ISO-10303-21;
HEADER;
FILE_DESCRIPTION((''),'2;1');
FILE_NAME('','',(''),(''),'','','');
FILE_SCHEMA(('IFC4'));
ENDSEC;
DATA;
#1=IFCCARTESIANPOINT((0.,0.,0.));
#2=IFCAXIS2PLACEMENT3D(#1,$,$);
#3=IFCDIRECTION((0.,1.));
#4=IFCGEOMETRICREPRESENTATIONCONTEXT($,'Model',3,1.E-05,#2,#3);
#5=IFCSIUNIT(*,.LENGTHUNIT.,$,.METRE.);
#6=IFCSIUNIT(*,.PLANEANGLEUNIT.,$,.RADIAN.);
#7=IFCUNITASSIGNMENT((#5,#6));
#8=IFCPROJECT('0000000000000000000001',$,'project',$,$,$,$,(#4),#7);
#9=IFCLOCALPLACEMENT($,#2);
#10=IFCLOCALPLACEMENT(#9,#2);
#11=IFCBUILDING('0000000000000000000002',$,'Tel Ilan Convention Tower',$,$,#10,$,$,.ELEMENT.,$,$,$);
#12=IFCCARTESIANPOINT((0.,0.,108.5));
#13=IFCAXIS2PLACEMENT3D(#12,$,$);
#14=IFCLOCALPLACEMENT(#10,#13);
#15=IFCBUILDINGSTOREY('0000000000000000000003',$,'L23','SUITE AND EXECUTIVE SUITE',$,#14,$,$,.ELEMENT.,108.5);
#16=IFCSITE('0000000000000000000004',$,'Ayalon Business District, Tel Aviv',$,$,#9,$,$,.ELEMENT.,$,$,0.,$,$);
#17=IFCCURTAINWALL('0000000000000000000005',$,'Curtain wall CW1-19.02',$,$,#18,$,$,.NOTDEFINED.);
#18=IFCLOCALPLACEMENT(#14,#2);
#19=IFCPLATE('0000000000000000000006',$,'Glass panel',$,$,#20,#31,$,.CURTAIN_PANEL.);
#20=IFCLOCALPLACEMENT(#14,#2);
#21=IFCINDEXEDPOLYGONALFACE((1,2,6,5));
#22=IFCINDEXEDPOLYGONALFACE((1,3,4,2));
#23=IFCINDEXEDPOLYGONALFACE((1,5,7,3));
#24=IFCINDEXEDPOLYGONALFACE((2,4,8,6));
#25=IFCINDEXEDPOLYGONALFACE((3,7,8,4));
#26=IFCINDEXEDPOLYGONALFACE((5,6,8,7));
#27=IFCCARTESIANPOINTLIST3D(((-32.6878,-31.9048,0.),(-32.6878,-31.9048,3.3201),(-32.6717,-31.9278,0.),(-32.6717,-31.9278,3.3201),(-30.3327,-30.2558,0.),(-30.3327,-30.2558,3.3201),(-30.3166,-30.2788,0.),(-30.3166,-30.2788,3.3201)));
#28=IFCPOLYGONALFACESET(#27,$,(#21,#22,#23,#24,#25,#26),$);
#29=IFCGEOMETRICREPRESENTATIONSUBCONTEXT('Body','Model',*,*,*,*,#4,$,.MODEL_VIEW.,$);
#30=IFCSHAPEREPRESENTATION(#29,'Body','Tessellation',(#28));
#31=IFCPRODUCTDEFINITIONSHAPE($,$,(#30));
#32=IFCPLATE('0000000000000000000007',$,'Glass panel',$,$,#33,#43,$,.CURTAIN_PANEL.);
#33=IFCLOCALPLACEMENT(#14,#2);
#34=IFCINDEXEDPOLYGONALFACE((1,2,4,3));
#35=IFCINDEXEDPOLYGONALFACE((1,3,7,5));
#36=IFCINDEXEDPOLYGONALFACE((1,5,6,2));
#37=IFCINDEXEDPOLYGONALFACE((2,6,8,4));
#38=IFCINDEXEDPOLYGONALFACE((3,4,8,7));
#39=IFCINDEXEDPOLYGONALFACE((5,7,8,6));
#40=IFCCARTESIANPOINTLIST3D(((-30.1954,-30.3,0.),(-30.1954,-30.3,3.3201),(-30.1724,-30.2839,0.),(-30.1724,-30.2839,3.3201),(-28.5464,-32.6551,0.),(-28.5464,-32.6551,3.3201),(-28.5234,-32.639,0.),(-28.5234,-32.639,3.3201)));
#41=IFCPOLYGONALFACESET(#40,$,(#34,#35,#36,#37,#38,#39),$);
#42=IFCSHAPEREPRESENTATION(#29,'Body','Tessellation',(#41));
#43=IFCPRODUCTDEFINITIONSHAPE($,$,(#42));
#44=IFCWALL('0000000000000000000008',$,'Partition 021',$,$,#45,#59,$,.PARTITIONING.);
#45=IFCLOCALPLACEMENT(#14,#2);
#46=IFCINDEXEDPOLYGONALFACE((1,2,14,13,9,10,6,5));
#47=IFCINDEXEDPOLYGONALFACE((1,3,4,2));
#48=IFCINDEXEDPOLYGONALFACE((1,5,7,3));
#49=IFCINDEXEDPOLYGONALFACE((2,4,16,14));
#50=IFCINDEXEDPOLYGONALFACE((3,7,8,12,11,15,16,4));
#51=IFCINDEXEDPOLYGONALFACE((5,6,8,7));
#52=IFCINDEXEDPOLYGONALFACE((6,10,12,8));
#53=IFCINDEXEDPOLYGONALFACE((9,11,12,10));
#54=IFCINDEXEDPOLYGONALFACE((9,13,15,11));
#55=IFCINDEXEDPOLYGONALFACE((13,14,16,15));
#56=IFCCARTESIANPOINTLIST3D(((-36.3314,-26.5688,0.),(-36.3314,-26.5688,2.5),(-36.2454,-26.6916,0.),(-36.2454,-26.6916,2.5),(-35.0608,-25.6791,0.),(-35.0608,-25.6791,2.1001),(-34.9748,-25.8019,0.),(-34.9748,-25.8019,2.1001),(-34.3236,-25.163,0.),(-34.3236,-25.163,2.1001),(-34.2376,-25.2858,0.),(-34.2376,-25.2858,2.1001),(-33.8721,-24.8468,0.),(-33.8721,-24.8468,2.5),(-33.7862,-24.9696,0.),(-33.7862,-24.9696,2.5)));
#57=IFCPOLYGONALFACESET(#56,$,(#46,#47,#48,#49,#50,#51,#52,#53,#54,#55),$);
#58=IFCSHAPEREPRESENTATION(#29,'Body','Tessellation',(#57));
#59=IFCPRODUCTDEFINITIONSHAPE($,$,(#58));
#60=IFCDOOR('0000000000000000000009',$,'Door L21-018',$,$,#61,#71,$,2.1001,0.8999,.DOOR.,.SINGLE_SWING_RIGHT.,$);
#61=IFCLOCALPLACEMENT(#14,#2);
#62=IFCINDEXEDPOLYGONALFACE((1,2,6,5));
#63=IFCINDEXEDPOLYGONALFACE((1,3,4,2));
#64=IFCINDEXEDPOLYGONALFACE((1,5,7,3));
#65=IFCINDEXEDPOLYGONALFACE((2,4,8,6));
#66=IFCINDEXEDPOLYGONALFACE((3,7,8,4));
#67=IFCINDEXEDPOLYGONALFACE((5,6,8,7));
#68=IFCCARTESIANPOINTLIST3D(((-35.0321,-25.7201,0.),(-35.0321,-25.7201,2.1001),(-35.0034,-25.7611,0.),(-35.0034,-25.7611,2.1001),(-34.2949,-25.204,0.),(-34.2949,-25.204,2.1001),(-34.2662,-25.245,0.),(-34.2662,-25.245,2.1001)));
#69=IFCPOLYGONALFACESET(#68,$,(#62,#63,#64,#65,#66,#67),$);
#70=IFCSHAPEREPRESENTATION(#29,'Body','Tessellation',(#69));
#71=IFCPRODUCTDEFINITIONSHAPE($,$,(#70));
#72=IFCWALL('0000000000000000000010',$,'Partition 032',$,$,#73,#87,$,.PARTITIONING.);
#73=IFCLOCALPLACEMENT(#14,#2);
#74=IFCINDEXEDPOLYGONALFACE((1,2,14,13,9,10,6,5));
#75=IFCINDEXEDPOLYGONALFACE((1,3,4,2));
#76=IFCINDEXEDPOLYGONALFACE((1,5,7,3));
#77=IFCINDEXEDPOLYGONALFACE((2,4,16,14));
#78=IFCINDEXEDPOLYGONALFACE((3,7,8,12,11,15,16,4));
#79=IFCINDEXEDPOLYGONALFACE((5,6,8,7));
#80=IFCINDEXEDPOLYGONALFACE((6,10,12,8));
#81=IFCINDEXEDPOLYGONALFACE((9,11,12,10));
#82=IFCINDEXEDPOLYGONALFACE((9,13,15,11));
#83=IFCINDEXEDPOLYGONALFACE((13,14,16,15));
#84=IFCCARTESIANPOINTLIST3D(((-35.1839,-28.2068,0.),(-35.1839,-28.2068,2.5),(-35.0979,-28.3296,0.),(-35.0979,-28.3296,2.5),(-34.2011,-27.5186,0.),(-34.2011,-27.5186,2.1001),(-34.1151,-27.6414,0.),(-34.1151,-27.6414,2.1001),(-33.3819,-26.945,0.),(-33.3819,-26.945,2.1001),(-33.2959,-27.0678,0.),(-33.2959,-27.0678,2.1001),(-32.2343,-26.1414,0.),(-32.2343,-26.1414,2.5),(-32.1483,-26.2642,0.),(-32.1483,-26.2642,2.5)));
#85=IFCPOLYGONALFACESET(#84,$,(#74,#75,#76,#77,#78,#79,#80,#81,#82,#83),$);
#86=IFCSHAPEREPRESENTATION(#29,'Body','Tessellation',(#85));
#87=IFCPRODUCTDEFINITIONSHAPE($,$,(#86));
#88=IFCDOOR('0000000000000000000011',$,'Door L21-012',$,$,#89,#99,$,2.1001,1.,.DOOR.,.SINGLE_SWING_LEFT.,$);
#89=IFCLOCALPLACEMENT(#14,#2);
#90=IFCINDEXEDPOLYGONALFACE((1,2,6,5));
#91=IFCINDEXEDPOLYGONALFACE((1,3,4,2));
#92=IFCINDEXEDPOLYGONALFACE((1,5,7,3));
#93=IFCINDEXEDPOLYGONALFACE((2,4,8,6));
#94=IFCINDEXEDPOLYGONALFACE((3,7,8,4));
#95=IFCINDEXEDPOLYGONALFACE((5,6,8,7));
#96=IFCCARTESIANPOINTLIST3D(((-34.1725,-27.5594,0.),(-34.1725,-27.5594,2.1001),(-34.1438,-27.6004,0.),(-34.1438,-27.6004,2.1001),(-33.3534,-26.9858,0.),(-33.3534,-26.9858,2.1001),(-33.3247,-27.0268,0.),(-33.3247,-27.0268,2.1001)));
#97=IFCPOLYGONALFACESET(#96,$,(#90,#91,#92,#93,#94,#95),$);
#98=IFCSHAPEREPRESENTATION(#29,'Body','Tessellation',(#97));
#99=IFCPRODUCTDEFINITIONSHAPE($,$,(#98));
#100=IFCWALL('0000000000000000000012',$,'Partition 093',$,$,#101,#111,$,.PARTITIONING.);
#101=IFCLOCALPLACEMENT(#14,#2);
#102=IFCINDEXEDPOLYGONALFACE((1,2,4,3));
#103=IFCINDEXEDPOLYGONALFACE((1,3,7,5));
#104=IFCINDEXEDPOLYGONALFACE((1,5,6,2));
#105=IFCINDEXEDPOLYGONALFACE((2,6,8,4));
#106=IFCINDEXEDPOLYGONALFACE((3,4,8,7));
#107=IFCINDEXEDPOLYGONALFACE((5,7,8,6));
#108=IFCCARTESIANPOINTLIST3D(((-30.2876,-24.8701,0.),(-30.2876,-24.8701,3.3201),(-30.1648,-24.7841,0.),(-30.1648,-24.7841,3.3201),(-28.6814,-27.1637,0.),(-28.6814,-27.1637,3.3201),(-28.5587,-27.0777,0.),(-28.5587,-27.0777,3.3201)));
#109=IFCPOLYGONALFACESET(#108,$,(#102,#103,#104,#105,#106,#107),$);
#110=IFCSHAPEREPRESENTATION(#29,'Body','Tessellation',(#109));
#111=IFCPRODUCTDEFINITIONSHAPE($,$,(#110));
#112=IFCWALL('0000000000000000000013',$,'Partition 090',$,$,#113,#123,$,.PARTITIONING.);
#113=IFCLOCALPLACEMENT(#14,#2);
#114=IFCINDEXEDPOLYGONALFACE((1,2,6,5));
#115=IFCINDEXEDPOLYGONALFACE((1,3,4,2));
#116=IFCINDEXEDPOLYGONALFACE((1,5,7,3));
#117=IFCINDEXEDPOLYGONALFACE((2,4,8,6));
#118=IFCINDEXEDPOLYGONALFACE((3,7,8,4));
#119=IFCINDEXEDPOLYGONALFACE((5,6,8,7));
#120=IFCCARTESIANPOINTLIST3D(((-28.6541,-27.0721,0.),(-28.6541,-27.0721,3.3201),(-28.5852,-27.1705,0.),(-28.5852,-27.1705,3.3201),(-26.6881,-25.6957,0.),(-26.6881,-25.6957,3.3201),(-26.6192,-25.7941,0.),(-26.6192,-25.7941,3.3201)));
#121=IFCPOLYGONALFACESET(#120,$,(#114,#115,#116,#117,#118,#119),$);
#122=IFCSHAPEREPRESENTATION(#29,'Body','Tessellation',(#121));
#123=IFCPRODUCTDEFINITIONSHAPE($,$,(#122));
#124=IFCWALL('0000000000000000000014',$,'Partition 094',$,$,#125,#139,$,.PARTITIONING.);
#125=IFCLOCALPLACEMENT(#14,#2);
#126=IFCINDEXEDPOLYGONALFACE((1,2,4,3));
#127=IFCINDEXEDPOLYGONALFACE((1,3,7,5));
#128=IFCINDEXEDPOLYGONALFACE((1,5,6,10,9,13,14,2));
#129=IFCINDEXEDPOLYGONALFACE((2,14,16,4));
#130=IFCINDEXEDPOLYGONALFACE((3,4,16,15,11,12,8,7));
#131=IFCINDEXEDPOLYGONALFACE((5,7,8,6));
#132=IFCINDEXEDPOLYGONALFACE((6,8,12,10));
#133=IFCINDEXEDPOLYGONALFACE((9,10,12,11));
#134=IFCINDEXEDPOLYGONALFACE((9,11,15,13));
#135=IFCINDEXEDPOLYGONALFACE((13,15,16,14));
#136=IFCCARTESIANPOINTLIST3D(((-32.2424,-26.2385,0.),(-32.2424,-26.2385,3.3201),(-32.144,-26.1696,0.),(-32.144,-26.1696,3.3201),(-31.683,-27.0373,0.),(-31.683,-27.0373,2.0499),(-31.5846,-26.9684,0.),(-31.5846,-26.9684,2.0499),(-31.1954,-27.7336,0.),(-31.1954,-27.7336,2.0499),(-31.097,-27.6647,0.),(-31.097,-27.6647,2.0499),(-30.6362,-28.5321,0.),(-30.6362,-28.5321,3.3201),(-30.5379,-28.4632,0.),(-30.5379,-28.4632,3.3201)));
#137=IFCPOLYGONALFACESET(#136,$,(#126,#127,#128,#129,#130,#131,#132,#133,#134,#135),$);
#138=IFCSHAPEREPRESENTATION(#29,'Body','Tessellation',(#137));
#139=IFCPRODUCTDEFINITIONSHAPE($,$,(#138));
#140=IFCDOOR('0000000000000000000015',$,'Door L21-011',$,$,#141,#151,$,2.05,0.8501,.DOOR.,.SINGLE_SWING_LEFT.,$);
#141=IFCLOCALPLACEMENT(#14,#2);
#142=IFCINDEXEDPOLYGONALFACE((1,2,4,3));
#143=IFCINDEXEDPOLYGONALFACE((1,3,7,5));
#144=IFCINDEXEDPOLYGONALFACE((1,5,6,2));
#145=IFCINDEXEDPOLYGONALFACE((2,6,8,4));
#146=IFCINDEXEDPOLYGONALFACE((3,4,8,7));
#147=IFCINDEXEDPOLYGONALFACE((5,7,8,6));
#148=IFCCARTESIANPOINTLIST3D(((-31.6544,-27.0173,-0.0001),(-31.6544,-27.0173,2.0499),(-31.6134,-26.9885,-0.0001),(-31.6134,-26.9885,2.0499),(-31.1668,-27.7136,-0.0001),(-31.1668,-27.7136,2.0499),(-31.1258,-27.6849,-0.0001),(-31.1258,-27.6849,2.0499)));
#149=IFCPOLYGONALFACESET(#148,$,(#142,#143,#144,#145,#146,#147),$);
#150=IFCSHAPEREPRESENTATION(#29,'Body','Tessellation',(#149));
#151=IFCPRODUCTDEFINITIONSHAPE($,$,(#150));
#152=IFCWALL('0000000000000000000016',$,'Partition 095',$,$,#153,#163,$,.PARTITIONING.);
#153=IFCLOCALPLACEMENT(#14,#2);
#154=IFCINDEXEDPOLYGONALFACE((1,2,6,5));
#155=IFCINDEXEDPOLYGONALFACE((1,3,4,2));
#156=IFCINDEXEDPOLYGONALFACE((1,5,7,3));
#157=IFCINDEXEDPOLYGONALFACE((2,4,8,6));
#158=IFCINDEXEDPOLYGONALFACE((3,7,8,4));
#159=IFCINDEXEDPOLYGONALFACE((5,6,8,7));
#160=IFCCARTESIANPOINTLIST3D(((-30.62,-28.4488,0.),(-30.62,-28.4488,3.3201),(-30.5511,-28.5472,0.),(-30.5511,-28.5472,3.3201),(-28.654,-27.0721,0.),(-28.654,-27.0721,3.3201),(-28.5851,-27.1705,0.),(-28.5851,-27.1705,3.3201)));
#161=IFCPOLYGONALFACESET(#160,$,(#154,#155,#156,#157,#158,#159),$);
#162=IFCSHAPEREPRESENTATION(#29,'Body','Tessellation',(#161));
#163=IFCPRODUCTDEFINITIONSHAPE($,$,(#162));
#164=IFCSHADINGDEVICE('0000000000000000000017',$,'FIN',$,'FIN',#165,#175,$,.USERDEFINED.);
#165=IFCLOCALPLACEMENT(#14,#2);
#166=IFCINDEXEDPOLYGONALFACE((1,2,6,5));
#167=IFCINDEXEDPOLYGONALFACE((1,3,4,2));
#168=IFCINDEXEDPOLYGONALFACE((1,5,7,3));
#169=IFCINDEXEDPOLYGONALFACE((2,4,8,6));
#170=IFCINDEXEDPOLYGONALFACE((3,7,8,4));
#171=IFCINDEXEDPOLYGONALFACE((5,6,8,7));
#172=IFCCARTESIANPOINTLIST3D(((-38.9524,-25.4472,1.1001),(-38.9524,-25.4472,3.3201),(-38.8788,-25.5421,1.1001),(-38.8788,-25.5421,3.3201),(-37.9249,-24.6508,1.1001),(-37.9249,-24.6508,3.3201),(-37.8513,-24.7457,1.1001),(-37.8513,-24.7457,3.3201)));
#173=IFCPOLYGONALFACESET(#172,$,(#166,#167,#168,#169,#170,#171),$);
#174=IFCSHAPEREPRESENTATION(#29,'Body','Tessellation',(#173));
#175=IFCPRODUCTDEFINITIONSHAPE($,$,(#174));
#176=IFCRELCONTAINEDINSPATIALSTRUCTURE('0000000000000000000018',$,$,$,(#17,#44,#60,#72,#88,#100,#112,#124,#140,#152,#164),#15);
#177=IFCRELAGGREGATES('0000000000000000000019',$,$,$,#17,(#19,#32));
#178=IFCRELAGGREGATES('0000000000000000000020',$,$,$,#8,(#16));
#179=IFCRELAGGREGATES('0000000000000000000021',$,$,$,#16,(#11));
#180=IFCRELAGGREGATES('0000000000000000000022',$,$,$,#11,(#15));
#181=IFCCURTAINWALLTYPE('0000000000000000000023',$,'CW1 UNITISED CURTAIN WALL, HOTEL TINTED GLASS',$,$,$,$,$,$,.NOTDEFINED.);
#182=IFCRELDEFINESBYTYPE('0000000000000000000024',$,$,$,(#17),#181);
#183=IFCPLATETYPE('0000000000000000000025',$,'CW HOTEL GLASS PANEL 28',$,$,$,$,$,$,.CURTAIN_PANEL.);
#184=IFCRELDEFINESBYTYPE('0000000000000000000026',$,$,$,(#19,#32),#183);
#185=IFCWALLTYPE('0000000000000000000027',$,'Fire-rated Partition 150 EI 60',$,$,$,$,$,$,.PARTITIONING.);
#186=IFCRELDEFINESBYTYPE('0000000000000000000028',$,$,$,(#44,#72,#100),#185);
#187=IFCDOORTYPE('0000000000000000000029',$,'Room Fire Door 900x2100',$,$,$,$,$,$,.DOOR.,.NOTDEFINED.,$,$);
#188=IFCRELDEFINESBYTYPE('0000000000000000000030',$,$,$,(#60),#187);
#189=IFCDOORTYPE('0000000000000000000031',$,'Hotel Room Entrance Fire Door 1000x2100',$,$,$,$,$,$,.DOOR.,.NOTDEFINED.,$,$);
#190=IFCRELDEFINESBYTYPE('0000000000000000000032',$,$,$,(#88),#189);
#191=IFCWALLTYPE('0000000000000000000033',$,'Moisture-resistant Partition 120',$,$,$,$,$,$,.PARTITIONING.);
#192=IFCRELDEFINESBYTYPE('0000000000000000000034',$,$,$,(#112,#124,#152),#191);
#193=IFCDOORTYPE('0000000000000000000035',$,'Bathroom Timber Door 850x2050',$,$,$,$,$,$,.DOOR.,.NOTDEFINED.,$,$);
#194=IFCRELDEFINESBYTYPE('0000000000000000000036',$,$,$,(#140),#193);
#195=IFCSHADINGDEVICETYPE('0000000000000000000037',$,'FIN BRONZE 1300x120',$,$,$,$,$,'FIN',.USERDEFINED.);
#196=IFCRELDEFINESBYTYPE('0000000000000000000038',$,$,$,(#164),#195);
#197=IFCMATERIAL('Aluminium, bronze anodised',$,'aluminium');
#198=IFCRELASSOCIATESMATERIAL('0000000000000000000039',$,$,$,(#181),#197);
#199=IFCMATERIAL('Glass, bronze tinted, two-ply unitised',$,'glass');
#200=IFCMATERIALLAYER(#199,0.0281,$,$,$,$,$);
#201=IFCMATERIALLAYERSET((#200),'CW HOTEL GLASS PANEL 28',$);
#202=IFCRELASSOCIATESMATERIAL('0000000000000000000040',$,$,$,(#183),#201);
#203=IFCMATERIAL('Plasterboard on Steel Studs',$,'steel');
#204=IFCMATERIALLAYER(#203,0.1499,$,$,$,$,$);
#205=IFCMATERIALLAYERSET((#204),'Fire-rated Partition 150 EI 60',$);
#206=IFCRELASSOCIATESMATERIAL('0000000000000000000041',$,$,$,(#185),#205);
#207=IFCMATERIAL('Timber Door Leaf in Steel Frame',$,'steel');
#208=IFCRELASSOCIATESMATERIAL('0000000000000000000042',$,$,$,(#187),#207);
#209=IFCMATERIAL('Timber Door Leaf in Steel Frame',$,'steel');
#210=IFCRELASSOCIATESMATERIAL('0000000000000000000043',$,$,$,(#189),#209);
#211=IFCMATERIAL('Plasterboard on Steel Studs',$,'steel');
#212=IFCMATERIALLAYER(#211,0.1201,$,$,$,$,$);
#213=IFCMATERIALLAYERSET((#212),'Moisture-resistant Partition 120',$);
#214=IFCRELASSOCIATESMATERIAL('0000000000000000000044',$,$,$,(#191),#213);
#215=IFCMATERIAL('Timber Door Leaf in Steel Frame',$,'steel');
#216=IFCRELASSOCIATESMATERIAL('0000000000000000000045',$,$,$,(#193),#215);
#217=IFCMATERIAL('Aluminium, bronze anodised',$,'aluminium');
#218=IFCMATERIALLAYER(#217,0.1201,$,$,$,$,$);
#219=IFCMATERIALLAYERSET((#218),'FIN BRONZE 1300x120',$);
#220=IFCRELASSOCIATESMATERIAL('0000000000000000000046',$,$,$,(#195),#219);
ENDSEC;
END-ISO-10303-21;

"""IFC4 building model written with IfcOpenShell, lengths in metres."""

from ifc_helpers import new_model, si_unit, direction, frame, frame_2d, origin, origin_2d, place, context, subcontext, project, spatial, rectangle, extrude, material, layer, layer_set, type_object, element, fill, aggregate, save


model = new_model("IFC4")

# Units and contexts
model_context = context("Model", 3, precision=1e-05, world=origin(), true_north=direction((0.0, 1.0)))
body_context = subcontext(model_context, "Body", "Model", "MODEL_VIEW")
ifc_project = project(units=[si_unit("LENGTHUNIT", "METRE"), si_unit("PLANEANGLEUNIT", "RADIAN")], contexts=[model_context])

# Site, building, storey
site_placement = place(None, origin())
site = spatial("IfcSite", under=ifc_project, at=site_placement, Name="Ayalon Business District, Tel Aviv", CompositionType="ELEMENT", RefElevation=0.0)
building_placement = place(site_placement, origin())
building = spatial("IfcBuilding", under=site, at=building_placement, Name="Tel Ilan Convention Tower", CompositionType="ELEMENT")
storey_placement = place(building_placement, frame((0.0, 0.0, 108.5)))
storey = spatial("IfcBuildingStorey", under=building, at=storey_placement, Name="L23", Description="SUITE AND EXECUTIVE SUITE", CompositionType="ELEMENT", Elevation=108.5)

# Curtain wall, plates
ifc_material_1 = material(Name="Aluminium, bronze anodised", Category="aluminium")
curtain_wall_type = type_object("IfcCurtainWallType", Name="CW1 UNITISED CURTAIN WALL, HOTEL TINTED GLASS", PredefinedType="NOTDEFINED", material=ifc_material_1)
curtain_wall_placement = place(storey_placement, origin())
curtain_wall = element("IfcCurtainWall", 1, at=curtain_wall_placement, inside=storey, type_object=curtain_wall_type, Name="Curtain wall CW1-19.02", PredefinedType="NOTDEFINED")
ifc_material_2 = material(Name="Glass, bronze tinted, two-ply unitised", Category="glass")
ifc_layer_1 = layer(ifc_material_2, 0.0281)
ifc_layer_set_1 = layer_set([ifc_layer_1], Name="CW HOTEL GLASS PANEL 28")
plate_type = type_object("IfcPlateType", Name="CW HOTEL GLASS PANEL 28", PredefinedType="CURTAIN_PANEL", material=ifc_layer_set_1)
plate_1_placement = place(storey_placement, frame((-31.5022, -31.0918, 0.0), z_axis=(0.0, 0.0, 1.0), x_axis=(0.819152, 0.573576, 0.0)))
plate_1 = element("IfcPlate", 2, at=plate_1_placement, type_object=plate_type, Name="Glass panel", PredefinedType="CURTAIN_PANEL", context=body_context, shape_type="SweptSolid", body=[
    extrude(rectangle(XDim=2.875, YDim=0.0281, at=origin_2d()), origin(), (0.0, 0.0, 1.0), 3.3201),
])
plate_2_placement = place(storey_placement, frame((-29.3594, -31.4695, 0.0), z_axis=(0.0, 0.0, 1.0), x_axis=(0.573576, -0.819152, 0.0)))
plate_2 = element("IfcPlate", 3, at=plate_2_placement, type_object=plate_type, Name="Glass panel", PredefinedType="CURTAIN_PANEL", context=body_context, shape_type="SweptSolid", body=[
    extrude(rectangle(XDim=2.875, YDim=0.0281, at=origin_2d()), origin(), (0.0, 0.0, 1.0), 3.3201),
])
aggregate(curtain_wall, [plate_1, plate_2])

# Walls, openings, doors
ifc_material_3 = material(Name="Plasterboard on Steel Studs", Category="steel")
ifc_layer_2 = layer(ifc_material_3, 0.1499)
ifc_layer_set_2 = layer_set([ifc_layer_2], Name="Fire-rated Partition 150 EI 60")
wall_type_1 = type_object("IfcWallType", Name="Fire-rated Partition 150 EI 60", PredefinedType="PARTITIONING", material=ifc_layer_set_2)
wall_1_placement = place(storey_placement, frame((-36.2883, -26.6301, 0.0), z_axis=(0.0, 0.0, 1.0), x_axis=(0.819159, 0.573566, 0.0)))
wall_1 = element("IfcWall", 4, at=wall_1_placement, inside=storey, type_object=wall_type_1, Name="Partition 021", PredefinedType="PARTITIONING", context=body_context, shape_type="SweptSolid", body=[
    extrude(rectangle(XDim=3.0022, YDim=0.1499, at=frame_2d((1.501, 0.0))), origin(), (0.0, 0.0, 1.0), 2.5),
])
opening_1_placement = place(wall_1_placement, frame((1.551, 0.0, 0.0)))
opening_1 = element("IfcOpeningElement", 5, at=opening_1_placement, cuts=wall_1, PredefinedType="OPENING", context=body_context, shape_type="SweptSolid", body=[
    extrude(rectangle(XDim=0.8999, YDim=2.1001, at=frame_2d((0.45, 1.05))), frame((0.0, 0.085, 0.0), z_axis=(0.0, -1.0, 0.0), x_axis=(1.0, 0.0, 0.0)), (0.0, 0.0, 1.0), 0.1699),
])
ifc_material_4 = material(Name="Timber Door Leaf in Steel Frame", Category="steel")
door_type_1 = type_object("IfcDoorType", Name="Room Fire Door 900x2100", OperationType="NOTDEFINED", PredefinedType="DOOR", material=ifc_material_4)
door_1_placement = place(opening_1_placement, origin())
door_1 = element("IfcDoor", 6, at=door_1_placement, inside=storey, type_object=door_type_1, Name="Door L21-018", OperationType="SINGLE_SWING_RIGHT", OverallHeight=2.1001, OverallWidth=0.8999, PredefinedType="DOOR", context=body_context, shape_type="SweptSolid", body=[
    extrude(rectangle(XDim=0.8999, YDim=2.1001, at=frame_2d((0.45, 1.05))), frame((0.0, 0.0249, 0.0), z_axis=(0.0, -1.0, 0.0), x_axis=(1.0, 0.0, 0.0)), (0.0, 0.0, 1.0), 0.05),
])
fill(opening_1, door_1)
wall_2_placement = place(storey_placement, frame((-32.1914, -26.2029, 0.0), z_axis=(0.0, 0.0, 1.0), x_axis=(-0.819149, -0.573581, 0.0)))
wall_2 = element("IfcWall", 7, at=wall_2_placement, inside=storey, type_object=wall_type_1, Name="Partition 032", PredefinedType="PARTITIONING", context=body_context, shape_type="SweptSolid", body=[
    extrude(rectangle(XDim=3.6008, YDim=0.1499, at=frame_2d((1.8003, 0.0))), origin(), (0.0, 0.0, 1.0), 2.5),
])
opening_2_placement = place(wall_2_placement, frame((1.4009, 0.0, 0.0)))
opening_2 = element("IfcOpeningElement", 8, at=opening_2_placement, cuts=wall_2, PredefinedType="OPENING", context=body_context, shape_type="SweptSolid", body=[
    extrude(rectangle(XDim=1.0, YDim=2.1001, at=frame_2d((0.5, 1.05))), frame((0.0, 0.085, 0.0), z_axis=(0.0, -1.0, 0.0), x_axis=(1.0, 0.0, 0.0)), (0.0, 0.0, 1.0), 0.1699),
])
ifc_material_5 = material(Name="Timber Door Leaf in Steel Frame", Category="steel")
door_type_2 = type_object("IfcDoorType", Name="Hotel Room Entrance Fire Door 1000x2100", OperationType="NOTDEFINED", PredefinedType="DOOR", material=ifc_material_5)
door_2_placement = place(opening_2_placement, origin())
door_2 = element("IfcDoor", 9, at=door_2_placement, inside=storey, type_object=door_type_2, Name="Door L21-012", OperationType="SINGLE_SWING_LEFT", OverallHeight=2.1001, OverallWidth=1.0, PredefinedType="DOOR", context=body_context, shape_type="SweptSolid", body=[
    extrude(rectangle(XDim=1.0, YDim=2.1001, at=frame_2d((0.5, 1.05))), frame((0.0, 0.0249, 0.0), z_axis=(0.0, -1.0, 0.0), x_axis=(1.0, 0.0, 0.0)), (0.0, 0.0, 1.0), 0.05),
])
fill(opening_2, door_2)

# Walls
wall_3_placement = place(storey_placement, frame((-28.6201, -27.1206, 0.0), z_axis=(0.0, 0.0, 1.0), x_axis=(-0.573609, 0.81913, 0.0)))
element("IfcWall", 10, at=wall_3_placement, inside=storey, type_object=wall_type_1, Name="Partition 093", PredefinedType="PARTITIONING", context=body_context, shape_type="SweptSolid", body=[
    extrude(rectangle(XDim=2.8, YDim=0.1499, at=frame_2d((1.3999, 0.0))), origin(), (0.0, 0.0, 1.0), 3.3201),
])
ifc_material_6 = material(Name="Plasterboard on Steel Studs", Category="steel")
ifc_layer_3 = layer(ifc_material_6, 0.1201)
ifc_layer_set_3 = layer_set([ifc_layer_3], Name="Moisture-resistant Partition 120")
wall_type_2 = type_object("IfcWallType", Name="Moisture-resistant Partition 120", PredefinedType="PARTITIONING", material=ifc_layer_set_3)
wall_4_placement = place(storey_placement, frame((-28.6196, -27.1213, 0.0), z_axis=(0.0, 0.0, 1.0), x_axis=(0.819189, 0.573524, 0.0)))
element("IfcWall", 11, at=wall_4_placement, inside=storey, type_object=wall_type_2, Name="Partition 090", PredefinedType="PARTITIONING", context=body_context, shape_type="SweptSolid", body=[
    extrude(rectangle(XDim=2.3999, YDim=0.1201, at=frame_2d((1.2, 0.0))), origin(), (0.0, 0.0, 1.0), 3.3201),
])

# Wall, opening, door
wall_5_placement = place(storey_placement, frame((-32.1931, -26.2041, 0.0), z_axis=(0.0, 0.0, 1.0), x_axis=(0.573609, -0.81913, 0.0)))
wall_5 = element("IfcWall", 12, at=wall_5_placement, inside=storey, type_object=wall_type_2, Name="Partition 094", PredefinedType="PARTITIONING", context=body_context, shape_type="SweptSolid", body=[
    extrude(rectangle(XDim=2.8, YDim=0.1201, at=frame_2d((1.3999, 0.0))), origin(), (0.0, 0.0, 1.0), 3.3201),
])
opening_3_placement = place(wall_5_placement, frame((0.9751, 0.0, 0.0)))
opening_3 = element("IfcOpeningElement", 13, at=opening_3_placement, cuts=wall_5, PredefinedType="OPENING", context=body_context, shape_type="SweptSolid", body=[
    extrude(rectangle(XDim=0.8501, YDim=2.05, at=frame_2d((0.425, 1.0249))), frame((0.0, 0.0701, 0.0), z_axis=(0.0, -1.0, 0.0), x_axis=(1.0, 0.0, 0.0)), (0.0, 0.0, 1.0), 0.1401),
])
ifc_material_7 = material(Name="Timber Door Leaf in Steel Frame", Category="steel")
door_type_3 = type_object("IfcDoorType", Name="Bathroom Timber Door 850x2050", OperationType="NOTDEFINED", PredefinedType="DOOR", material=ifc_material_7)
door_3_placement = place(opening_3_placement, origin())
door_3 = element("IfcDoor", 14, at=door_3_placement, inside=storey, type_object=door_type_3, Name="Door L21-011", OperationType="SINGLE_SWING_LEFT", OverallHeight=2.05, OverallWidth=0.8501, PredefinedType="DOOR", context=body_context, shape_type="SweptSolid", body=[
    extrude(rectangle(XDim=0.8501, YDim=2.05, at=frame_2d((0.425, 1.0249))), frame((0.0, 0.0249, 0.0), z_axis=(0.0, -1.0, 0.0), x_axis=(1.0, 0.0, 0.0)), (0.0, 0.0, 1.0), 0.05),
])
fill(opening_3, door_3)

# Wall
wall_6_placement = place(storey_placement, frame((-30.5857, -28.498, 0.0), z_axis=(0.0, 0.0, 1.0), x_axis=(0.819141, 0.573592, 0.0)))
element("IfcWall", 15, at=wall_6_placement, inside=storey, type_object=wall_type_2, Name="Partition 095", PredefinedType="PARTITIONING", context=body_context, shape_type="SweptSolid", body=[
    extrude(rectangle(XDim=2.4001, YDim=0.1201, at=frame_2d((1.2002, 0.0))), origin(), (0.0, 0.0, 1.0), 3.3201),
])

# Shading device
ifc_material_8 = material(Name="Aluminium, bronze anodised", Category="aluminium")
ifc_layer_4 = layer(ifc_material_8, 0.1201)
ifc_layer_set_4 = layer_set([ifc_layer_4], Name="FIN BRONZE 1300x120")
shading_device_type = type_object("IfcShadingDeviceType", Name="FIN BRONZE 1300x120", ElementType="FIN", PredefinedType="USERDEFINED", material=ifc_layer_set_4)
for number, where, z_axis, x_axis, name in (
    (16, (-38.4019, -25.0964, 1.1001), (0.0, 0.0, 1.0), (-0.790393, -0.612601, 0.0), "FIN"),
):
    element("IfcShadingDevice", number, at=place(storey_placement, frame(where, z_axis=z_axis, x_axis=x_axis)), inside=storey, type_object=shading_device_type, Name=name, ObjectType="FIN", PredefinedType="USERDEFINED", context=body_context, shape_type="SweptSolid", body=[
        extrude(rectangle(XDim=1.3, YDim=0.1201, at=origin_2d()), origin(), (0.0, 0.0, 1.0), 2.22),
    ])

save(model, "model.ifc")
